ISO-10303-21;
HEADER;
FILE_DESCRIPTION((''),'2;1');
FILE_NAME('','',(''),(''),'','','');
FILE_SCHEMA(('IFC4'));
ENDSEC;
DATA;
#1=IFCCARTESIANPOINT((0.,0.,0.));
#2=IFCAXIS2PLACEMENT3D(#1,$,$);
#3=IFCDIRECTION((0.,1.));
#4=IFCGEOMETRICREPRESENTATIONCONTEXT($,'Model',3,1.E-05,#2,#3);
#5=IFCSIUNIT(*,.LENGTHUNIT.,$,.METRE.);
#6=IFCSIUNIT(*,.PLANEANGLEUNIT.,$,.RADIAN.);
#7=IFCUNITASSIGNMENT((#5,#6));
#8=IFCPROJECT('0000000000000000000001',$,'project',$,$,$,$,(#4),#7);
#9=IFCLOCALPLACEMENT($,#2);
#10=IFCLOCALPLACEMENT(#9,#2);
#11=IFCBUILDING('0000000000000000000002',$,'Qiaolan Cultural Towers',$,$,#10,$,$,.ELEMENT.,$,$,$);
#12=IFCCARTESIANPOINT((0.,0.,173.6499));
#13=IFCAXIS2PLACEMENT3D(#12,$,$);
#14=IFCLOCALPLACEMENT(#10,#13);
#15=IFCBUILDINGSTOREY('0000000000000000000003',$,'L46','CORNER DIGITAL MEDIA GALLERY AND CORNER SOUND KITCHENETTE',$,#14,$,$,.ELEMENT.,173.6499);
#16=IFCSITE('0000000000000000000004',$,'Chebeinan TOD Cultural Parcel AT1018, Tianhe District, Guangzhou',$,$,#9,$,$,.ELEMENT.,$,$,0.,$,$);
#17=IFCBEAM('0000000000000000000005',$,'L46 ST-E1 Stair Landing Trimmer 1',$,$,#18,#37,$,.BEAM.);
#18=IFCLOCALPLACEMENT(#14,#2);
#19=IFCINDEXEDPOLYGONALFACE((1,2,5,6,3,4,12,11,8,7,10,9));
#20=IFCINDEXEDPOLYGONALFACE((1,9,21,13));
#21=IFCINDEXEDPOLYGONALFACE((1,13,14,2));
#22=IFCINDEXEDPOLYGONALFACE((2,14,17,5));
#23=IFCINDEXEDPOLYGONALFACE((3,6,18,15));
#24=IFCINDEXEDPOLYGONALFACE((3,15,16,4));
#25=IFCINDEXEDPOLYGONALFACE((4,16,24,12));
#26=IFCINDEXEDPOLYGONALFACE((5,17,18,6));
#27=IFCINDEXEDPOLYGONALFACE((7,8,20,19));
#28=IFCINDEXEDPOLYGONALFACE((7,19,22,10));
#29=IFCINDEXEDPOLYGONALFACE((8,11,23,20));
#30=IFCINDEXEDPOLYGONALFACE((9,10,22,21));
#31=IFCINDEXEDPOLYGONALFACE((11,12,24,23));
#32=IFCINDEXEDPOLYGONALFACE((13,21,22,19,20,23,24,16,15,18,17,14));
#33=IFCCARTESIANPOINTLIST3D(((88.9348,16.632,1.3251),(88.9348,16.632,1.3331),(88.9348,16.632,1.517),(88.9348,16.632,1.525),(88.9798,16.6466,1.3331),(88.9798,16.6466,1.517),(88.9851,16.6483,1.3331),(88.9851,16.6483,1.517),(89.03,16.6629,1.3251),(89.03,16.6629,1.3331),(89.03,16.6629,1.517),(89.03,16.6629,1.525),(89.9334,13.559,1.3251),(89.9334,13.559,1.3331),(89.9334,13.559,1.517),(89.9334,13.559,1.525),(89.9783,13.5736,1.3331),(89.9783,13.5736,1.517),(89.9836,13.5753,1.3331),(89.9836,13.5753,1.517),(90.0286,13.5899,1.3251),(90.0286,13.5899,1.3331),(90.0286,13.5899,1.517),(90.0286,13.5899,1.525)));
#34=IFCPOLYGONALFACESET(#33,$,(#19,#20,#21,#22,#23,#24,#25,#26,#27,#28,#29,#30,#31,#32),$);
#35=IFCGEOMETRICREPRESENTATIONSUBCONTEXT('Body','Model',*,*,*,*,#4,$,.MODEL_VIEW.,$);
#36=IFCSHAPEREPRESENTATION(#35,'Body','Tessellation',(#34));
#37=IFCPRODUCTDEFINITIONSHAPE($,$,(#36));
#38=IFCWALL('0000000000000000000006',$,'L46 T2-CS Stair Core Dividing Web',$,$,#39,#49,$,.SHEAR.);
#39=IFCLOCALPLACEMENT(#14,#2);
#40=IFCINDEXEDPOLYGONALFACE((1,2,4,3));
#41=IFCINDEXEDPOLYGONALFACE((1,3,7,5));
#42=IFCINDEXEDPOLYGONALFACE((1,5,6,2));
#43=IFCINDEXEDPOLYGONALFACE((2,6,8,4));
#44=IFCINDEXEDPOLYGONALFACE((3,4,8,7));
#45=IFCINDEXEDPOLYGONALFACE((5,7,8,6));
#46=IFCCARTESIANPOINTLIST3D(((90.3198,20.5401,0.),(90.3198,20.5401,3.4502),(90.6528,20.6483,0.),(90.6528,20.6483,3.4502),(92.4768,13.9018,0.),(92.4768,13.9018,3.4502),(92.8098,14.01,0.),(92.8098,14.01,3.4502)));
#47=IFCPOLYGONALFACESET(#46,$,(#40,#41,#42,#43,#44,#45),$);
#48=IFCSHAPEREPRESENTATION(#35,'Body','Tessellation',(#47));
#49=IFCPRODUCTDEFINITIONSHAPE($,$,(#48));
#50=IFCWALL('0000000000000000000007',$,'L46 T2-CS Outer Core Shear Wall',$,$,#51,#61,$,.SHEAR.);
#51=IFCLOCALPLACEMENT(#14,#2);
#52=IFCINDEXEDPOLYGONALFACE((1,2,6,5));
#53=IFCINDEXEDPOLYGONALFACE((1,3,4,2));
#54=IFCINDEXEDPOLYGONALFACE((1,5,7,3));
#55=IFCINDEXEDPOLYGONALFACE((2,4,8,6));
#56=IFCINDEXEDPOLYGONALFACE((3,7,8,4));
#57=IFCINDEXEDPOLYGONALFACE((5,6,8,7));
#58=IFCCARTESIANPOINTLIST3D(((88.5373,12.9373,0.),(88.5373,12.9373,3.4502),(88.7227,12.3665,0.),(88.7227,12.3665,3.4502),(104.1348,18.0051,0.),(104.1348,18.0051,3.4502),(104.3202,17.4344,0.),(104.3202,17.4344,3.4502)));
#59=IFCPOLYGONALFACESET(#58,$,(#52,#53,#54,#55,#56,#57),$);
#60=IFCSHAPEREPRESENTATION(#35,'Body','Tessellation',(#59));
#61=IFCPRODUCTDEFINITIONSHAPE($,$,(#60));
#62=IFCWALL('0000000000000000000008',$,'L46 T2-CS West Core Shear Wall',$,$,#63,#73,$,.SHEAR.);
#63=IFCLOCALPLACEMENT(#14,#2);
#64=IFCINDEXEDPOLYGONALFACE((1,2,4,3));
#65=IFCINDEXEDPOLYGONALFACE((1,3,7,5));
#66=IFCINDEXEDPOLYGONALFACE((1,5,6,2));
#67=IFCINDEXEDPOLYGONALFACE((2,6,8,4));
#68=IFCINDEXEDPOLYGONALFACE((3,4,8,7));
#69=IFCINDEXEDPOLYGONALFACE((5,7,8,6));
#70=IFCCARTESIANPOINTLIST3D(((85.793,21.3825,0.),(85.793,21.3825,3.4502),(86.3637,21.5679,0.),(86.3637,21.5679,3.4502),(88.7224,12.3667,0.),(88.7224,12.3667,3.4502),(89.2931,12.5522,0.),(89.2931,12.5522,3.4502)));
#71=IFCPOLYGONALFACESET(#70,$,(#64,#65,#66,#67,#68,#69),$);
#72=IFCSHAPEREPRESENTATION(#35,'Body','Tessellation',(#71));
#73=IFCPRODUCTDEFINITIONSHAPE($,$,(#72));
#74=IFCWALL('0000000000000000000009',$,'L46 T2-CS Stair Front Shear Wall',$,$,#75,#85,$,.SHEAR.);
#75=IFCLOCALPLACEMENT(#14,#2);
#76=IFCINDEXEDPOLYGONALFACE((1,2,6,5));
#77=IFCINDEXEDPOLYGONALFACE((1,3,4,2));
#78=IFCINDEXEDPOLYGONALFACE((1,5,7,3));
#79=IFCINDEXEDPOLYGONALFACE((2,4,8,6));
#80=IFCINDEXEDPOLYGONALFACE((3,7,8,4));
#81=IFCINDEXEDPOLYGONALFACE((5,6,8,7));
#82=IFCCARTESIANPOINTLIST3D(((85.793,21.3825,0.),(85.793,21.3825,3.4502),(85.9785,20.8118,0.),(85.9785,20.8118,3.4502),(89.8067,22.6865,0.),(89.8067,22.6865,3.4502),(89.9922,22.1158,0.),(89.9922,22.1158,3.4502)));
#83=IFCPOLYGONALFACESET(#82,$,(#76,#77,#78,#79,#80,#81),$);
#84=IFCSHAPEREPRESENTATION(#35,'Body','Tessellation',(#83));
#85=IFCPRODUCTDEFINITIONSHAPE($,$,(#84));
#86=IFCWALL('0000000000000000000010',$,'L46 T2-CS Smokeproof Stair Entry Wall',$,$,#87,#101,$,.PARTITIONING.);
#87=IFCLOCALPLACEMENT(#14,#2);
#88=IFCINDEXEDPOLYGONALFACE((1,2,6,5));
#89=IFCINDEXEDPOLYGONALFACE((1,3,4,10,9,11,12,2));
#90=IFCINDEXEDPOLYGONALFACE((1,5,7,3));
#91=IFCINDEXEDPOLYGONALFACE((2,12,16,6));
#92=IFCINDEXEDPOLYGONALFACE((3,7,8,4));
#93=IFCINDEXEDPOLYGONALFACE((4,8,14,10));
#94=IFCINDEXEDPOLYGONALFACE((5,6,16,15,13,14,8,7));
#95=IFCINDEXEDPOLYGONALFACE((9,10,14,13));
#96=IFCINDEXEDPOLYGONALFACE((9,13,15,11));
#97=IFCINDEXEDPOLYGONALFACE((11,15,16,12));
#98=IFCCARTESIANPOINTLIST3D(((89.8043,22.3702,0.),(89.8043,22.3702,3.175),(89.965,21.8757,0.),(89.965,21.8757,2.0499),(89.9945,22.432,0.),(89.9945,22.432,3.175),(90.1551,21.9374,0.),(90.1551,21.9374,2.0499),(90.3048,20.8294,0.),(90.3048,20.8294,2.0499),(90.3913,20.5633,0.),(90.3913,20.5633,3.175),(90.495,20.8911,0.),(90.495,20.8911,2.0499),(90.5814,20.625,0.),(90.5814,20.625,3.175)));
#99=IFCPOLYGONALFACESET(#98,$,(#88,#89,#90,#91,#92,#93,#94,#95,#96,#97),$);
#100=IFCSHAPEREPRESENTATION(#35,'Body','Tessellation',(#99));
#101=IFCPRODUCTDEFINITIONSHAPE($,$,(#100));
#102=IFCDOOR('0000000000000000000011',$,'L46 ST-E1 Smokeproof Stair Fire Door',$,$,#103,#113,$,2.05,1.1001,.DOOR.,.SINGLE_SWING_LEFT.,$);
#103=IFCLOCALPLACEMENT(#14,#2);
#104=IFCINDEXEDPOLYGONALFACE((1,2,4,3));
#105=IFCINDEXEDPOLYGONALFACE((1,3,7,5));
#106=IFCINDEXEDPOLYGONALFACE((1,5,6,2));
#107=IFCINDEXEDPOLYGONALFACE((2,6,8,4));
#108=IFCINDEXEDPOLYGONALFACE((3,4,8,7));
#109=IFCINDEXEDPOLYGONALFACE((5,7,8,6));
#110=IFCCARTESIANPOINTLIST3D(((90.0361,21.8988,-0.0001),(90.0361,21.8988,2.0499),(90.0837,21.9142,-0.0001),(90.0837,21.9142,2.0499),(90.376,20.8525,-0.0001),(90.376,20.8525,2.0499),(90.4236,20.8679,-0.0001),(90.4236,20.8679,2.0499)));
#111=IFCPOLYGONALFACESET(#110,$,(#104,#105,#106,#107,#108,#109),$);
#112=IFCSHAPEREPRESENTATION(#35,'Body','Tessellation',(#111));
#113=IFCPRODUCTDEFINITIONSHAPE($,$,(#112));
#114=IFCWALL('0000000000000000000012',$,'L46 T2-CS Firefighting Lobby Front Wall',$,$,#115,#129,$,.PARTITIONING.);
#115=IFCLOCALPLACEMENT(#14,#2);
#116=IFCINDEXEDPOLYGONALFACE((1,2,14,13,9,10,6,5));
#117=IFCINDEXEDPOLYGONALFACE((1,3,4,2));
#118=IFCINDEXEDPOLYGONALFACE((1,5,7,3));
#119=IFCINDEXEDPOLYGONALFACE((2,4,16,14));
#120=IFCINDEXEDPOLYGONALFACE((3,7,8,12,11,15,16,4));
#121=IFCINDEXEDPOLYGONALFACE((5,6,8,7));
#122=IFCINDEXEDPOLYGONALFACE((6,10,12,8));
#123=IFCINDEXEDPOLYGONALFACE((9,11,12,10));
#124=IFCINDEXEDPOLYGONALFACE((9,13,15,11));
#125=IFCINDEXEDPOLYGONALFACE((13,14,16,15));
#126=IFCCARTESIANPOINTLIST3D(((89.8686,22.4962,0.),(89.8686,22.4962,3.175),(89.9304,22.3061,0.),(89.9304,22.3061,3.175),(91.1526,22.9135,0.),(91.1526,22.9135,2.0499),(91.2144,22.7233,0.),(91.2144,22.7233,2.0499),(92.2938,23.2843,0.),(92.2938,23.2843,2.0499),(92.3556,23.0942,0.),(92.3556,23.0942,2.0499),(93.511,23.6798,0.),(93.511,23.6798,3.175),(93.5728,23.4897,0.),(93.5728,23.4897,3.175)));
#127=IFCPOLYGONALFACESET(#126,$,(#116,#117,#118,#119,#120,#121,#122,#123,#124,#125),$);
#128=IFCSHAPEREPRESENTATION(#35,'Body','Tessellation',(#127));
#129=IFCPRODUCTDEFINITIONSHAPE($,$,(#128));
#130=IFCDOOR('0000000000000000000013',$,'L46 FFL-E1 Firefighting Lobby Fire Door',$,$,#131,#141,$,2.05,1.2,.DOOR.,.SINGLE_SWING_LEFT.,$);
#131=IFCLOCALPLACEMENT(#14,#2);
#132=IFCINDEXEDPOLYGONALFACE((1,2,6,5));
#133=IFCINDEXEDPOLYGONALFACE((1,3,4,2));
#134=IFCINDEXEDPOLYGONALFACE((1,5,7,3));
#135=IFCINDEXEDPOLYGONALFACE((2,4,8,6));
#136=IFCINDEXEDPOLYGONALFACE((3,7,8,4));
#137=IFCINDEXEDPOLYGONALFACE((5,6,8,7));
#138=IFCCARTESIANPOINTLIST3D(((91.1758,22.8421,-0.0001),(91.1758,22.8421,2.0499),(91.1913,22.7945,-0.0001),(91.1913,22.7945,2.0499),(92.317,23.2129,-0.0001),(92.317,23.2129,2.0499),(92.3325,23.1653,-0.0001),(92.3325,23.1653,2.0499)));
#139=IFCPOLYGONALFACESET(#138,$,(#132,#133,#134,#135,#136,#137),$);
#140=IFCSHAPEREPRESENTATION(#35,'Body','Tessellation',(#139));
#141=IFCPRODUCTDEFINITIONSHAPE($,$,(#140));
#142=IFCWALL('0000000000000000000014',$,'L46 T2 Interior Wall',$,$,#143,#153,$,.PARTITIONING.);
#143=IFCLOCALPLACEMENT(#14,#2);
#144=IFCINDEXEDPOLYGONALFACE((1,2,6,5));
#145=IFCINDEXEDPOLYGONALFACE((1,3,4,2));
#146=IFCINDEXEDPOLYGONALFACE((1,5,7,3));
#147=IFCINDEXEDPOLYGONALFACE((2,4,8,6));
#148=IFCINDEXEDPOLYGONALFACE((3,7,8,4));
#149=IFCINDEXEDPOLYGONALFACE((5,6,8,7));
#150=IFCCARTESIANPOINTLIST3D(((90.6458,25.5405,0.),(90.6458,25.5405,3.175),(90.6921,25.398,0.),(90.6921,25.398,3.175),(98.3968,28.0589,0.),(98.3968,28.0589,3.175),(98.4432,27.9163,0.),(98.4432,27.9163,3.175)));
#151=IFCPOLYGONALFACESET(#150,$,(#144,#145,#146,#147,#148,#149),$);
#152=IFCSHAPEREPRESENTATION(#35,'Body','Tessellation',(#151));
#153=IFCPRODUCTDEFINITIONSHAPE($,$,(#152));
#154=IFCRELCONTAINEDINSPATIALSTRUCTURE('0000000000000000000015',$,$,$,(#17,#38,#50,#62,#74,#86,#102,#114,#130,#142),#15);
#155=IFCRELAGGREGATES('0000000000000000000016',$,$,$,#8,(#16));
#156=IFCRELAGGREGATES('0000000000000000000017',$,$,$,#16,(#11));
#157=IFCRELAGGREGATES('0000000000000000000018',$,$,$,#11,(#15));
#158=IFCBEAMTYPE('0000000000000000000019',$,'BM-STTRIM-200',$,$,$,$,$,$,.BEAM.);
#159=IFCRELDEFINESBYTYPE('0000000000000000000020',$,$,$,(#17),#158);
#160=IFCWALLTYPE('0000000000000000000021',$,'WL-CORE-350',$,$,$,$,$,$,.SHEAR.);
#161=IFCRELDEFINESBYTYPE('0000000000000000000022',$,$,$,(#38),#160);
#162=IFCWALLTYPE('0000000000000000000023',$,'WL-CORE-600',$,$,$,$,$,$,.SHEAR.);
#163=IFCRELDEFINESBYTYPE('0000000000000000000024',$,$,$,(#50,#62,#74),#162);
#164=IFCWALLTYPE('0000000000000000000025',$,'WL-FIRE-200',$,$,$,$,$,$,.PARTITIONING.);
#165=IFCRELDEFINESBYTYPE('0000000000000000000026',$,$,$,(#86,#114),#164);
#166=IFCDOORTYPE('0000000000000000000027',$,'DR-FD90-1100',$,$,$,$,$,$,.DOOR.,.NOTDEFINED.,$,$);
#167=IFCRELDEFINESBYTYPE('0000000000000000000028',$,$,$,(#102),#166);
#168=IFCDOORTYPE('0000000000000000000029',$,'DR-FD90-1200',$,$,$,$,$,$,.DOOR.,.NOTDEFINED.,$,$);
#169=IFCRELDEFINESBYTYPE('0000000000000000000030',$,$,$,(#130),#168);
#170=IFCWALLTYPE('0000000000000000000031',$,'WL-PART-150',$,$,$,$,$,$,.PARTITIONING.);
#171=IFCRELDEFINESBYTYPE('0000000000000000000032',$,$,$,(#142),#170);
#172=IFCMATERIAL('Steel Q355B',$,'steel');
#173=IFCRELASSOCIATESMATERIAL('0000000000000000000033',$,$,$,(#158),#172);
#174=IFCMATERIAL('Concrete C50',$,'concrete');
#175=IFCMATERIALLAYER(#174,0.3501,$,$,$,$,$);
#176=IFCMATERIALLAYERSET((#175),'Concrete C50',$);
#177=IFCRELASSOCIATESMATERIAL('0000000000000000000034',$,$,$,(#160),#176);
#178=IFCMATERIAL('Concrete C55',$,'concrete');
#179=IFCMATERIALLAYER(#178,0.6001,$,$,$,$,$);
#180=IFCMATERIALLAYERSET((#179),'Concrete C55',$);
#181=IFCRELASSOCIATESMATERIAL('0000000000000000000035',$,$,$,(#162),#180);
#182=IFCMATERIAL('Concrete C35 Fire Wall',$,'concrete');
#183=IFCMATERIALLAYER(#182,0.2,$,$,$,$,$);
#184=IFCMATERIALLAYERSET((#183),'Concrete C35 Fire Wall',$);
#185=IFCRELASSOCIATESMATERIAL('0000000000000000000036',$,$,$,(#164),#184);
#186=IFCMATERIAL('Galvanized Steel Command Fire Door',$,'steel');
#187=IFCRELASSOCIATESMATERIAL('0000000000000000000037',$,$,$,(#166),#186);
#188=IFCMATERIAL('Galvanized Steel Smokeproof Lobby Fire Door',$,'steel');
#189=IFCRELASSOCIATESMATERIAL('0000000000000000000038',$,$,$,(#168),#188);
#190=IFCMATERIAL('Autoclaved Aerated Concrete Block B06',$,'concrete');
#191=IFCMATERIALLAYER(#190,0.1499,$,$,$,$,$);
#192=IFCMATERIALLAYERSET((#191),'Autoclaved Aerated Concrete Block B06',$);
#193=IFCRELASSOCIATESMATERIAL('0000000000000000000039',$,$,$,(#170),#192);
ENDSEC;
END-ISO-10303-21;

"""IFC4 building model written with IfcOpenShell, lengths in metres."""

from ifc_helpers import new_model, si_unit, direction, frame, frame_2d, origin, origin_2d, place, context, subcontext, project, spatial, rectangle, i_section, extrude, material, layer, layer_set, material_profile, profile_set, type_object, element, fill, save


model = new_model("IFC4")

# Units and contexts
model_context = context("Model", 3, precision=1e-05, world=origin(), true_north=direction((0.0, 1.0)))
body_context = subcontext(model_context, "Body", "Model", "MODEL_VIEW")
ifc_project = project(units=[si_unit("LENGTHUNIT", "METRE"), si_unit("PLANEANGLEUNIT", "RADIAN")], contexts=[model_context])

# Site, building, storey
site_placement = place(None, origin())
site = spatial("IfcSite", under=ifc_project, at=site_placement, Name="Chebeinan TOD Cultural Parcel AT1018, Tianhe District, Guangzhou", CompositionType="ELEMENT", RefElevation=0.0)
building_placement = place(site_placement, origin())
building = spatial("IfcBuilding", under=site, at=building_placement, Name="Qiaolan Cultural Towers", CompositionType="ELEMENT")
storey_placement = place(building_placement, frame((0.0, 0.0, 173.6499)))
storey = spatial("IfcBuildingStorey", under=building, at=storey_placement, Name="L46", Description="CORNER DIGITAL MEDIA GALLERY AND CORNER SOUND KITCHENETTE", CompositionType="ELEMENT", Elevation=173.6499)

# Beam
ifc_material_1 = material(Name="Steel Q355B", Category="steel")
ifc_material_profile_1 = material_profile(ifc_material_1, i_section(OverallWidth=0.1001, OverallDepth=0.2, WebThickness=0.0056, FlangeThickness=0.0081, at=origin_2d()), Name="HN200x100x5.5x8")
ifc_profile_set_1 = profile_set([ifc_material_profile_1], Name="Steel Q355B")
beam_type_1 = type_object("IfcBeamType", Name="BM-STTRIM-200", PredefinedType="BEAM", material=ifc_profile_set_1)
beam_1_placement = place(storey_placement, frame((88.9824, 16.6475, 1.425), z_axis=(0.309033, -0.951051, 0.0), x_axis=(0.951051, 0.309033, 0.0)))
element("IfcBeam", 1, at=beam_1_placement, inside=storey, type_object=beam_type_1, Name="L46 ST-E1 Stair Landing Trimmer 1", PredefinedType="BEAM", context=body_context, shape_type="SweptSolid", body=[
    extrude(i_section(OverallWidth=0.1001, OverallDepth=0.2, WebThickness=0.0056, FlangeThickness=0.0081, at=origin_2d()), origin(), (0.0, 0.0, 1.0), 3.2312),
])

# Walls
ifc_material_2 = material(Name="Concrete C50", Category="concrete")
ifc_layer_1 = layer(ifc_material_2, 0.3501)
ifc_layer_set_1 = layer_set([ifc_layer_1], Name="Concrete C50")
wall_type_1 = type_object("IfcWallType", Name="WL-CORE-350", PredefinedType="SHEAR", material=ifc_layer_set_1)
wall_1_placement = place(storey_placement, frame((90.4863, 20.5942, 0.0), z_axis=(0.0, 0.0, 1.0), x_axis=(0.30902, -0.951055, 0.0)))
element("IfcWall", 2, at=wall_1_placement, inside=storey, type_object=wall_type_1, Name="L46 T2-CS Stair Core Dividing Web", PredefinedType="SHEAR", context=body_context, shape_type="SweptSolid", body=[
    extrude(rectangle(XDim=6.98, YDim=0.3501, at=frame_2d((3.49, 0.0))), origin(), (0.0, 0.0, 1.0), 3.4502),
])
ifc_material_3 = material(Name="Concrete C55", Category="concrete")
ifc_layer_2 = layer(ifc_material_3, 0.6001)
ifc_layer_set_2 = layer_set([ifc_layer_2], Name="Concrete C55")
wall_type_2 = type_object("IfcWallType", Name="WL-CORE-600", PredefinedType="SHEAR", material=ifc_layer_set_2)
wall_2_placement = place(storey_placement, frame((88.6299, 12.6519, 0.0), z_axis=(0.0, 0.0, 1.0), x_axis=(0.951057, 0.309015, 0.0)))
element("IfcWall", 3, at=wall_2_placement, inside=storey, type_object=wall_type_2, Name="L46 T2-CS Outer Core Shear Wall", PredefinedType="SHEAR", context=body_context, shape_type="SweptSolid", body=[
    extrude(rectangle(XDim=16.4001, YDim=0.6001, at=frame_2d((8.2002, 0.0))), origin(), (0.0, 0.0, 1.0), 3.4502),
])
wall_3_placement = place(storey_placement, frame((86.0784, 21.4751, 0.0), z_axis=(0.0, 0.0, 1.0), x_axis=(0.309018, -0.951056, 0.0)))
element("IfcWall", 4, at=wall_3_placement, inside=storey, type_object=wall_type_2, Name="L46 T2-CS West Core Shear Wall", PredefinedType="SHEAR", context=body_context, shape_type="SweptSolid", body=[
    extrude(rectangle(XDim=9.4797, YDim=0.6001, at=frame_2d((4.7397, 0.0))), origin(), (0.0, 0.0, 1.0), 3.4502),
])
wall_4_placement = place(storey_placement, frame((85.8857, 21.0972, 0.0), z_axis=(0.0, 0.0, 1.0), x_axis=(0.951068, 0.308981, 0.0)))
element("IfcWall", 5, at=wall_4_placement, inside=storey, type_object=wall_type_2, Name="L46 T2-CS Stair Front Shear Wall", PredefinedType="SHEAR", context=body_context, shape_type="SweptSolid", body=[
    extrude(rectangle(XDim=4.2202, YDim=0.6001, at=frame_2d((2.1101, 0.0))), origin(), (0.0, 0.0, 1.0), 3.4502),
])

# Walls, openings, doors
ifc_material_4 = material(Name="Concrete C35 Fire Wall", Category="concrete")
ifc_layer_3 = layer(ifc_material_4, 0.2)
ifc_layer_set_3 = layer_set([ifc_layer_3], Name="Concrete C35 Fire Wall")
wall_type_3 = type_object("IfcWallType", Name="WL-FIRE-200", PredefinedType="PARTITIONING", material=ifc_layer_set_3)
wall_5_placement = place(storey_placement, frame((89.8994, 22.4011, 0.0), z_axis=(0.0, 0.0, 1.0), x_axis=(0.308932, -0.951084, 0.0)))
wall_5 = element("IfcWall", 6, at=wall_5_placement, inside=storey, type_object=wall_type_3, Name="L46 T2-CS Smokeproof Stair Entry Wall", PredefinedType="PARTITIONING", context=body_context, shape_type="SweptSolid", body=[
    extrude(rectangle(XDim=1.8999, YDim=0.2, at=frame_2d((0.95, 0.0))), origin(), (0.0, 0.0, 1.0), 3.175),
])
opening_1_placement = place(wall_5_placement, frame((0.52, 0.0, 0.0)))
opening_1 = element("IfcOpeningElement", 7, at=opening_1_placement, cuts=wall_5, PredefinedType="OPENING", context=body_context, shape_type="SweptSolid", body=[
    extrude(rectangle(XDim=1.1001, YDim=2.05, at=frame_2d((0.55, 1.0249))), frame((0.0, 0.1099, 0.0), z_axis=(0.0, -1.0, 0.0), x_axis=(1.0, 0.0, 0.0)), (0.0, 0.0, 1.0), 0.22),
])
ifc_material_5 = material(Name="Galvanized Steel Command Fire Door", Category="steel")
door_type_1 = type_object("IfcDoorType", Name="DR-FD90-1100", OperationType="NOTDEFINED", PredefinedType="DOOR", material=ifc_material_5)
door_1_placement = place(opening_1_placement, origin())
door_1 = element("IfcDoor", 8, at=door_1_placement, inside=storey, type_object=door_type_1, Name="L46 ST-E1 Smokeproof Stair Fire Door", OperationType="SINGLE_SWING_LEFT", OverallHeight=2.05, OverallWidth=1.1001, PredefinedType="DOOR", context=body_context, shape_type="SweptSolid", body=[
    extrude(rectangle(XDim=1.1001, YDim=2.05, at=frame_2d((0.55, 1.0249))), frame((0.0, 0.0249, 0.0), z_axis=(0.0, -1.0, 0.0), x_axis=(1.0, 0.0, 0.0)), (0.0, 0.0, 1.0), 0.05),
])
fill(opening_1, door_1)
wall_6_placement = place(storey_placement, frame((89.8994, 22.4011, 0.0), z_axis=(0.0, 0.0, 1.0), x_axis=(0.951047, 0.309047, 0.0)))
wall_6 = element("IfcWall", 9, at=wall_6_placement, inside=storey, type_object=wall_type_3, Name="L46 T2-CS Firefighting Lobby Front Wall", PredefinedType="PARTITIONING", context=body_context, shape_type="SweptSolid", body=[
    extrude(rectangle(XDim=3.8298, YDim=0.2, at=frame_2d((1.915, 0.0))), origin(), (0.0, 0.0, 1.0), 3.175),
])
opening_2_placement = place(wall_6_placement, frame((1.3501, 0.0, 0.0)))
opening_2 = element("IfcOpeningElement", 10, at=opening_2_placement, cuts=wall_6, PredefinedType="OPENING", context=body_context, shape_type="SweptSolid", body=[
    extrude(rectangle(XDim=1.2, YDim=2.05, at=frame_2d((0.6001, 1.0249))), frame((0.0, 0.1099, 0.0), z_axis=(0.0, -1.0, 0.0), x_axis=(1.0, 0.0, 0.0)), (0.0, 0.0, 1.0), 0.22),
])
ifc_material_6 = material(Name="Galvanized Steel Smokeproof Lobby Fire Door", Category="steel")
door_type_2 = type_object("IfcDoorType", Name="DR-FD90-1200", OperationType="NOTDEFINED", PredefinedType="DOOR", material=ifc_material_6)
door_2_placement = place(opening_2_placement, origin())
door_2 = element("IfcDoor", 11, at=door_2_placement, inside=storey, type_object=door_type_2, Name="L46 FFL-E1 Firefighting Lobby Fire Door", OperationType="SINGLE_SWING_LEFT", OverallHeight=2.05, OverallWidth=1.2, PredefinedType="DOOR", context=body_context, shape_type="SweptSolid", body=[
    extrude(rectangle(XDim=1.2, YDim=2.05, at=frame_2d((0.6001, 1.0249))), frame((0.0, 0.0249, 0.0), z_axis=(0.0, -1.0, 0.0), x_axis=(1.0, 0.0, 0.0)), (0.0, 0.0, 1.0), 0.05),
])
fill(opening_2, door_2)

# Wall
ifc_material_7 = material(Name="Autoclaved Aerated Concrete Block B06", Category="concrete")
ifc_layer_4 = layer(ifc_material_7, 0.1499)
ifc_layer_set_4 = layer_set([ifc_layer_4], Name="Autoclaved Aerated Concrete Block B06")
wall_type_4 = type_object("IfcWallType", Name="WL-PART-150", PredefinedType="PARTITIONING", material=ifc_layer_set_4)
wall_7_placement = place(storey_placement, frame((90.6689, 25.4692, 0.0), z_axis=(0.0, 0.0, 1.0), x_axis=(0.951061, 0.309002, 0.0)))
element("IfcWall", 12, at=wall_7_placement, inside=storey, type_object=wall_type_4, Name="L46 T2 Interior Wall", PredefinedType="PARTITIONING", context=body_context, shape_type="SweptSolid", body=[
    extrude(rectangle(XDim=8.1499, YDim=0.1499, at=frame_2d((4.075, 0.0))), origin(), (0.0, 0.0, 1.0), 3.175),
])

save(model, "model.ifc")
